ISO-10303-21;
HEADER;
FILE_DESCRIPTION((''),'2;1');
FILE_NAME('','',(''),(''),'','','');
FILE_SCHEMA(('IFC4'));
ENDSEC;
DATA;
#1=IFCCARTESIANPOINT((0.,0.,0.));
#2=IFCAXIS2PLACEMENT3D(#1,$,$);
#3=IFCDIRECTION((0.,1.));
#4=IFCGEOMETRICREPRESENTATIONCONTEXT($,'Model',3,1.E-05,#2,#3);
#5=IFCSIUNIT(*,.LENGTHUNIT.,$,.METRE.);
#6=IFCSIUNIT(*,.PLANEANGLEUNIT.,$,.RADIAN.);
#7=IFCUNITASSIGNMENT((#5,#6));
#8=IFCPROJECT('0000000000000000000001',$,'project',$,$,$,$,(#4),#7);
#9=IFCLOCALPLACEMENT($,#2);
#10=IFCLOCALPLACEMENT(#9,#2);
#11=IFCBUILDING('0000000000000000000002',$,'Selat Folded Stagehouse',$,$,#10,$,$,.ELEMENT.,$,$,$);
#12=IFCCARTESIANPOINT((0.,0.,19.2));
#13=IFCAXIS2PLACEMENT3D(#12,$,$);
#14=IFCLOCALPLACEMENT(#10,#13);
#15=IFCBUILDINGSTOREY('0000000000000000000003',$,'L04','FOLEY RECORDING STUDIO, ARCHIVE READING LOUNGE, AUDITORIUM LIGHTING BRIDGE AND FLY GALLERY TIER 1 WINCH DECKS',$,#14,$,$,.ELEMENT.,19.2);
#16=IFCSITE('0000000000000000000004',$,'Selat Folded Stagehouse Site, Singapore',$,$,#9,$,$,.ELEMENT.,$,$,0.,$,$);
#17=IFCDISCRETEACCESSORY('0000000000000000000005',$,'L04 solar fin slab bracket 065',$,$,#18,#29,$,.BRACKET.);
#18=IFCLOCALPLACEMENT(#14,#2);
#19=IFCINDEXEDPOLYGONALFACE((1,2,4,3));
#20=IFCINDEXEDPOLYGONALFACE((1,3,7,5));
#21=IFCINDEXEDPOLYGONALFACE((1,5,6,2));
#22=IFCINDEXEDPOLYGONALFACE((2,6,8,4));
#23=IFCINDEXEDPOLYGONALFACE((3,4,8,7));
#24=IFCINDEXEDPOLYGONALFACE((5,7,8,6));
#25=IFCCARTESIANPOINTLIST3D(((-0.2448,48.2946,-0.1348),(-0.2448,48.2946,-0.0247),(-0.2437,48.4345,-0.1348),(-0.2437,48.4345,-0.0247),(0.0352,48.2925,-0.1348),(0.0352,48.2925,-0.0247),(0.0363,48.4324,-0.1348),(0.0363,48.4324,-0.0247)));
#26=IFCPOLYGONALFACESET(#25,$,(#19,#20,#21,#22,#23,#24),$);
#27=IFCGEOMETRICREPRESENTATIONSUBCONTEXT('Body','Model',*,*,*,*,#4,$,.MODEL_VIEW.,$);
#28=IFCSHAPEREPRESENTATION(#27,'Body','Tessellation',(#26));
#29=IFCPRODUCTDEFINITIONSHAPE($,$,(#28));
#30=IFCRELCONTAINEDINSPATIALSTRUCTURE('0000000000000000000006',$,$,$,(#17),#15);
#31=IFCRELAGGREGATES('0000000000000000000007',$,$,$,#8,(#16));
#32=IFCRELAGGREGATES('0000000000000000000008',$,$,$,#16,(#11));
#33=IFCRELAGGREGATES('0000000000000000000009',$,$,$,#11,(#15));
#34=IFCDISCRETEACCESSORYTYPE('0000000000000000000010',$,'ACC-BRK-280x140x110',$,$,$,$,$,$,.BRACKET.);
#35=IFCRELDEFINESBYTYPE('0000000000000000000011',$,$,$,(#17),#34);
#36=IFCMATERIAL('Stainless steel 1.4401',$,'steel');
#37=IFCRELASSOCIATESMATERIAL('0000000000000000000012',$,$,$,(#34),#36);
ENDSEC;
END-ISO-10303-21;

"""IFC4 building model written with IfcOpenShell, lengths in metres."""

from ifc_helpers import new_model, si_unit, direction, frame, origin, origin_2d, place, context, subcontext, project, spatial, rectangle, extrude, material, type_object, element, save


model = new_model("IFC4")

# Units and contexts
model_context = context("Model", 3, precision=1e-05, world=origin(), true_north=direction((0.0, 1.0)))
body_context = subcontext(model_context, "Body", "Model", "MODEL_VIEW")
ifc_project = project(units=[si_unit("LENGTHUNIT", "METRE"), si_unit("PLANEANGLEUNIT", "RADIAN")], contexts=[model_context])

# Site, building, storey
site_placement = place(None, origin())
site = spatial("IfcSite", under=ifc_project, at=site_placement, Name="Selat Folded Stagehouse Site, Singapore", CompositionType="ELEMENT", RefElevation=0.0)
building_placement = place(site_placement, origin())
building = spatial("IfcBuilding", under=site, at=building_placement, Name="Selat Folded Stagehouse", CompositionType="ELEMENT")
storey_placement = place(building_placement, frame((0.0, 0.0, 19.2)))
storey = spatial("IfcBuildingStorey", under=building, at=storey_placement, Name="L04", Description="FOLEY RECORDING STUDIO, ARCHIVE READING LOUNGE, AUDITORIUM LIGHTING BRIDGE AND FLY GALLERY TIER 1 WINCH DECKS", CompositionType="ELEMENT", Elevation=19.2)

# Discrete accessory
ifc_material_1 = material(Name="Stainless steel 1.4401", Category="steel")
discrete_accessory_type = type_object("IfcDiscreteAccessoryType", Name="ACC-BRK-280x140x110", PredefinedType="BRACKET", material=ifc_material_1)
for number, where, z_axis, x_axis, name in (
    (1, (-0.1042, 48.3635, -0.1348), (0.0, 0.0, 1.0), (-0.999972, 0.007505, 0.0), "L04 solar fin slab bracket 065"),
):
    element("IfcDiscreteAccessory", number, at=place(storey_placement, frame(where, z_axis=z_axis, x_axis=x_axis)), inside=storey, type_object=discrete_accessory_type, Name=name, PredefinedType="BRACKET", context=body_context, shape_type="SweptSolid", body=[
        extrude(rectangle(XDim=0.28, YDim=0.1399, at=origin_2d()), origin(), (0.0, 0.0, 1.0), 0.1101),
    ])

save(model, "model.ifc")
